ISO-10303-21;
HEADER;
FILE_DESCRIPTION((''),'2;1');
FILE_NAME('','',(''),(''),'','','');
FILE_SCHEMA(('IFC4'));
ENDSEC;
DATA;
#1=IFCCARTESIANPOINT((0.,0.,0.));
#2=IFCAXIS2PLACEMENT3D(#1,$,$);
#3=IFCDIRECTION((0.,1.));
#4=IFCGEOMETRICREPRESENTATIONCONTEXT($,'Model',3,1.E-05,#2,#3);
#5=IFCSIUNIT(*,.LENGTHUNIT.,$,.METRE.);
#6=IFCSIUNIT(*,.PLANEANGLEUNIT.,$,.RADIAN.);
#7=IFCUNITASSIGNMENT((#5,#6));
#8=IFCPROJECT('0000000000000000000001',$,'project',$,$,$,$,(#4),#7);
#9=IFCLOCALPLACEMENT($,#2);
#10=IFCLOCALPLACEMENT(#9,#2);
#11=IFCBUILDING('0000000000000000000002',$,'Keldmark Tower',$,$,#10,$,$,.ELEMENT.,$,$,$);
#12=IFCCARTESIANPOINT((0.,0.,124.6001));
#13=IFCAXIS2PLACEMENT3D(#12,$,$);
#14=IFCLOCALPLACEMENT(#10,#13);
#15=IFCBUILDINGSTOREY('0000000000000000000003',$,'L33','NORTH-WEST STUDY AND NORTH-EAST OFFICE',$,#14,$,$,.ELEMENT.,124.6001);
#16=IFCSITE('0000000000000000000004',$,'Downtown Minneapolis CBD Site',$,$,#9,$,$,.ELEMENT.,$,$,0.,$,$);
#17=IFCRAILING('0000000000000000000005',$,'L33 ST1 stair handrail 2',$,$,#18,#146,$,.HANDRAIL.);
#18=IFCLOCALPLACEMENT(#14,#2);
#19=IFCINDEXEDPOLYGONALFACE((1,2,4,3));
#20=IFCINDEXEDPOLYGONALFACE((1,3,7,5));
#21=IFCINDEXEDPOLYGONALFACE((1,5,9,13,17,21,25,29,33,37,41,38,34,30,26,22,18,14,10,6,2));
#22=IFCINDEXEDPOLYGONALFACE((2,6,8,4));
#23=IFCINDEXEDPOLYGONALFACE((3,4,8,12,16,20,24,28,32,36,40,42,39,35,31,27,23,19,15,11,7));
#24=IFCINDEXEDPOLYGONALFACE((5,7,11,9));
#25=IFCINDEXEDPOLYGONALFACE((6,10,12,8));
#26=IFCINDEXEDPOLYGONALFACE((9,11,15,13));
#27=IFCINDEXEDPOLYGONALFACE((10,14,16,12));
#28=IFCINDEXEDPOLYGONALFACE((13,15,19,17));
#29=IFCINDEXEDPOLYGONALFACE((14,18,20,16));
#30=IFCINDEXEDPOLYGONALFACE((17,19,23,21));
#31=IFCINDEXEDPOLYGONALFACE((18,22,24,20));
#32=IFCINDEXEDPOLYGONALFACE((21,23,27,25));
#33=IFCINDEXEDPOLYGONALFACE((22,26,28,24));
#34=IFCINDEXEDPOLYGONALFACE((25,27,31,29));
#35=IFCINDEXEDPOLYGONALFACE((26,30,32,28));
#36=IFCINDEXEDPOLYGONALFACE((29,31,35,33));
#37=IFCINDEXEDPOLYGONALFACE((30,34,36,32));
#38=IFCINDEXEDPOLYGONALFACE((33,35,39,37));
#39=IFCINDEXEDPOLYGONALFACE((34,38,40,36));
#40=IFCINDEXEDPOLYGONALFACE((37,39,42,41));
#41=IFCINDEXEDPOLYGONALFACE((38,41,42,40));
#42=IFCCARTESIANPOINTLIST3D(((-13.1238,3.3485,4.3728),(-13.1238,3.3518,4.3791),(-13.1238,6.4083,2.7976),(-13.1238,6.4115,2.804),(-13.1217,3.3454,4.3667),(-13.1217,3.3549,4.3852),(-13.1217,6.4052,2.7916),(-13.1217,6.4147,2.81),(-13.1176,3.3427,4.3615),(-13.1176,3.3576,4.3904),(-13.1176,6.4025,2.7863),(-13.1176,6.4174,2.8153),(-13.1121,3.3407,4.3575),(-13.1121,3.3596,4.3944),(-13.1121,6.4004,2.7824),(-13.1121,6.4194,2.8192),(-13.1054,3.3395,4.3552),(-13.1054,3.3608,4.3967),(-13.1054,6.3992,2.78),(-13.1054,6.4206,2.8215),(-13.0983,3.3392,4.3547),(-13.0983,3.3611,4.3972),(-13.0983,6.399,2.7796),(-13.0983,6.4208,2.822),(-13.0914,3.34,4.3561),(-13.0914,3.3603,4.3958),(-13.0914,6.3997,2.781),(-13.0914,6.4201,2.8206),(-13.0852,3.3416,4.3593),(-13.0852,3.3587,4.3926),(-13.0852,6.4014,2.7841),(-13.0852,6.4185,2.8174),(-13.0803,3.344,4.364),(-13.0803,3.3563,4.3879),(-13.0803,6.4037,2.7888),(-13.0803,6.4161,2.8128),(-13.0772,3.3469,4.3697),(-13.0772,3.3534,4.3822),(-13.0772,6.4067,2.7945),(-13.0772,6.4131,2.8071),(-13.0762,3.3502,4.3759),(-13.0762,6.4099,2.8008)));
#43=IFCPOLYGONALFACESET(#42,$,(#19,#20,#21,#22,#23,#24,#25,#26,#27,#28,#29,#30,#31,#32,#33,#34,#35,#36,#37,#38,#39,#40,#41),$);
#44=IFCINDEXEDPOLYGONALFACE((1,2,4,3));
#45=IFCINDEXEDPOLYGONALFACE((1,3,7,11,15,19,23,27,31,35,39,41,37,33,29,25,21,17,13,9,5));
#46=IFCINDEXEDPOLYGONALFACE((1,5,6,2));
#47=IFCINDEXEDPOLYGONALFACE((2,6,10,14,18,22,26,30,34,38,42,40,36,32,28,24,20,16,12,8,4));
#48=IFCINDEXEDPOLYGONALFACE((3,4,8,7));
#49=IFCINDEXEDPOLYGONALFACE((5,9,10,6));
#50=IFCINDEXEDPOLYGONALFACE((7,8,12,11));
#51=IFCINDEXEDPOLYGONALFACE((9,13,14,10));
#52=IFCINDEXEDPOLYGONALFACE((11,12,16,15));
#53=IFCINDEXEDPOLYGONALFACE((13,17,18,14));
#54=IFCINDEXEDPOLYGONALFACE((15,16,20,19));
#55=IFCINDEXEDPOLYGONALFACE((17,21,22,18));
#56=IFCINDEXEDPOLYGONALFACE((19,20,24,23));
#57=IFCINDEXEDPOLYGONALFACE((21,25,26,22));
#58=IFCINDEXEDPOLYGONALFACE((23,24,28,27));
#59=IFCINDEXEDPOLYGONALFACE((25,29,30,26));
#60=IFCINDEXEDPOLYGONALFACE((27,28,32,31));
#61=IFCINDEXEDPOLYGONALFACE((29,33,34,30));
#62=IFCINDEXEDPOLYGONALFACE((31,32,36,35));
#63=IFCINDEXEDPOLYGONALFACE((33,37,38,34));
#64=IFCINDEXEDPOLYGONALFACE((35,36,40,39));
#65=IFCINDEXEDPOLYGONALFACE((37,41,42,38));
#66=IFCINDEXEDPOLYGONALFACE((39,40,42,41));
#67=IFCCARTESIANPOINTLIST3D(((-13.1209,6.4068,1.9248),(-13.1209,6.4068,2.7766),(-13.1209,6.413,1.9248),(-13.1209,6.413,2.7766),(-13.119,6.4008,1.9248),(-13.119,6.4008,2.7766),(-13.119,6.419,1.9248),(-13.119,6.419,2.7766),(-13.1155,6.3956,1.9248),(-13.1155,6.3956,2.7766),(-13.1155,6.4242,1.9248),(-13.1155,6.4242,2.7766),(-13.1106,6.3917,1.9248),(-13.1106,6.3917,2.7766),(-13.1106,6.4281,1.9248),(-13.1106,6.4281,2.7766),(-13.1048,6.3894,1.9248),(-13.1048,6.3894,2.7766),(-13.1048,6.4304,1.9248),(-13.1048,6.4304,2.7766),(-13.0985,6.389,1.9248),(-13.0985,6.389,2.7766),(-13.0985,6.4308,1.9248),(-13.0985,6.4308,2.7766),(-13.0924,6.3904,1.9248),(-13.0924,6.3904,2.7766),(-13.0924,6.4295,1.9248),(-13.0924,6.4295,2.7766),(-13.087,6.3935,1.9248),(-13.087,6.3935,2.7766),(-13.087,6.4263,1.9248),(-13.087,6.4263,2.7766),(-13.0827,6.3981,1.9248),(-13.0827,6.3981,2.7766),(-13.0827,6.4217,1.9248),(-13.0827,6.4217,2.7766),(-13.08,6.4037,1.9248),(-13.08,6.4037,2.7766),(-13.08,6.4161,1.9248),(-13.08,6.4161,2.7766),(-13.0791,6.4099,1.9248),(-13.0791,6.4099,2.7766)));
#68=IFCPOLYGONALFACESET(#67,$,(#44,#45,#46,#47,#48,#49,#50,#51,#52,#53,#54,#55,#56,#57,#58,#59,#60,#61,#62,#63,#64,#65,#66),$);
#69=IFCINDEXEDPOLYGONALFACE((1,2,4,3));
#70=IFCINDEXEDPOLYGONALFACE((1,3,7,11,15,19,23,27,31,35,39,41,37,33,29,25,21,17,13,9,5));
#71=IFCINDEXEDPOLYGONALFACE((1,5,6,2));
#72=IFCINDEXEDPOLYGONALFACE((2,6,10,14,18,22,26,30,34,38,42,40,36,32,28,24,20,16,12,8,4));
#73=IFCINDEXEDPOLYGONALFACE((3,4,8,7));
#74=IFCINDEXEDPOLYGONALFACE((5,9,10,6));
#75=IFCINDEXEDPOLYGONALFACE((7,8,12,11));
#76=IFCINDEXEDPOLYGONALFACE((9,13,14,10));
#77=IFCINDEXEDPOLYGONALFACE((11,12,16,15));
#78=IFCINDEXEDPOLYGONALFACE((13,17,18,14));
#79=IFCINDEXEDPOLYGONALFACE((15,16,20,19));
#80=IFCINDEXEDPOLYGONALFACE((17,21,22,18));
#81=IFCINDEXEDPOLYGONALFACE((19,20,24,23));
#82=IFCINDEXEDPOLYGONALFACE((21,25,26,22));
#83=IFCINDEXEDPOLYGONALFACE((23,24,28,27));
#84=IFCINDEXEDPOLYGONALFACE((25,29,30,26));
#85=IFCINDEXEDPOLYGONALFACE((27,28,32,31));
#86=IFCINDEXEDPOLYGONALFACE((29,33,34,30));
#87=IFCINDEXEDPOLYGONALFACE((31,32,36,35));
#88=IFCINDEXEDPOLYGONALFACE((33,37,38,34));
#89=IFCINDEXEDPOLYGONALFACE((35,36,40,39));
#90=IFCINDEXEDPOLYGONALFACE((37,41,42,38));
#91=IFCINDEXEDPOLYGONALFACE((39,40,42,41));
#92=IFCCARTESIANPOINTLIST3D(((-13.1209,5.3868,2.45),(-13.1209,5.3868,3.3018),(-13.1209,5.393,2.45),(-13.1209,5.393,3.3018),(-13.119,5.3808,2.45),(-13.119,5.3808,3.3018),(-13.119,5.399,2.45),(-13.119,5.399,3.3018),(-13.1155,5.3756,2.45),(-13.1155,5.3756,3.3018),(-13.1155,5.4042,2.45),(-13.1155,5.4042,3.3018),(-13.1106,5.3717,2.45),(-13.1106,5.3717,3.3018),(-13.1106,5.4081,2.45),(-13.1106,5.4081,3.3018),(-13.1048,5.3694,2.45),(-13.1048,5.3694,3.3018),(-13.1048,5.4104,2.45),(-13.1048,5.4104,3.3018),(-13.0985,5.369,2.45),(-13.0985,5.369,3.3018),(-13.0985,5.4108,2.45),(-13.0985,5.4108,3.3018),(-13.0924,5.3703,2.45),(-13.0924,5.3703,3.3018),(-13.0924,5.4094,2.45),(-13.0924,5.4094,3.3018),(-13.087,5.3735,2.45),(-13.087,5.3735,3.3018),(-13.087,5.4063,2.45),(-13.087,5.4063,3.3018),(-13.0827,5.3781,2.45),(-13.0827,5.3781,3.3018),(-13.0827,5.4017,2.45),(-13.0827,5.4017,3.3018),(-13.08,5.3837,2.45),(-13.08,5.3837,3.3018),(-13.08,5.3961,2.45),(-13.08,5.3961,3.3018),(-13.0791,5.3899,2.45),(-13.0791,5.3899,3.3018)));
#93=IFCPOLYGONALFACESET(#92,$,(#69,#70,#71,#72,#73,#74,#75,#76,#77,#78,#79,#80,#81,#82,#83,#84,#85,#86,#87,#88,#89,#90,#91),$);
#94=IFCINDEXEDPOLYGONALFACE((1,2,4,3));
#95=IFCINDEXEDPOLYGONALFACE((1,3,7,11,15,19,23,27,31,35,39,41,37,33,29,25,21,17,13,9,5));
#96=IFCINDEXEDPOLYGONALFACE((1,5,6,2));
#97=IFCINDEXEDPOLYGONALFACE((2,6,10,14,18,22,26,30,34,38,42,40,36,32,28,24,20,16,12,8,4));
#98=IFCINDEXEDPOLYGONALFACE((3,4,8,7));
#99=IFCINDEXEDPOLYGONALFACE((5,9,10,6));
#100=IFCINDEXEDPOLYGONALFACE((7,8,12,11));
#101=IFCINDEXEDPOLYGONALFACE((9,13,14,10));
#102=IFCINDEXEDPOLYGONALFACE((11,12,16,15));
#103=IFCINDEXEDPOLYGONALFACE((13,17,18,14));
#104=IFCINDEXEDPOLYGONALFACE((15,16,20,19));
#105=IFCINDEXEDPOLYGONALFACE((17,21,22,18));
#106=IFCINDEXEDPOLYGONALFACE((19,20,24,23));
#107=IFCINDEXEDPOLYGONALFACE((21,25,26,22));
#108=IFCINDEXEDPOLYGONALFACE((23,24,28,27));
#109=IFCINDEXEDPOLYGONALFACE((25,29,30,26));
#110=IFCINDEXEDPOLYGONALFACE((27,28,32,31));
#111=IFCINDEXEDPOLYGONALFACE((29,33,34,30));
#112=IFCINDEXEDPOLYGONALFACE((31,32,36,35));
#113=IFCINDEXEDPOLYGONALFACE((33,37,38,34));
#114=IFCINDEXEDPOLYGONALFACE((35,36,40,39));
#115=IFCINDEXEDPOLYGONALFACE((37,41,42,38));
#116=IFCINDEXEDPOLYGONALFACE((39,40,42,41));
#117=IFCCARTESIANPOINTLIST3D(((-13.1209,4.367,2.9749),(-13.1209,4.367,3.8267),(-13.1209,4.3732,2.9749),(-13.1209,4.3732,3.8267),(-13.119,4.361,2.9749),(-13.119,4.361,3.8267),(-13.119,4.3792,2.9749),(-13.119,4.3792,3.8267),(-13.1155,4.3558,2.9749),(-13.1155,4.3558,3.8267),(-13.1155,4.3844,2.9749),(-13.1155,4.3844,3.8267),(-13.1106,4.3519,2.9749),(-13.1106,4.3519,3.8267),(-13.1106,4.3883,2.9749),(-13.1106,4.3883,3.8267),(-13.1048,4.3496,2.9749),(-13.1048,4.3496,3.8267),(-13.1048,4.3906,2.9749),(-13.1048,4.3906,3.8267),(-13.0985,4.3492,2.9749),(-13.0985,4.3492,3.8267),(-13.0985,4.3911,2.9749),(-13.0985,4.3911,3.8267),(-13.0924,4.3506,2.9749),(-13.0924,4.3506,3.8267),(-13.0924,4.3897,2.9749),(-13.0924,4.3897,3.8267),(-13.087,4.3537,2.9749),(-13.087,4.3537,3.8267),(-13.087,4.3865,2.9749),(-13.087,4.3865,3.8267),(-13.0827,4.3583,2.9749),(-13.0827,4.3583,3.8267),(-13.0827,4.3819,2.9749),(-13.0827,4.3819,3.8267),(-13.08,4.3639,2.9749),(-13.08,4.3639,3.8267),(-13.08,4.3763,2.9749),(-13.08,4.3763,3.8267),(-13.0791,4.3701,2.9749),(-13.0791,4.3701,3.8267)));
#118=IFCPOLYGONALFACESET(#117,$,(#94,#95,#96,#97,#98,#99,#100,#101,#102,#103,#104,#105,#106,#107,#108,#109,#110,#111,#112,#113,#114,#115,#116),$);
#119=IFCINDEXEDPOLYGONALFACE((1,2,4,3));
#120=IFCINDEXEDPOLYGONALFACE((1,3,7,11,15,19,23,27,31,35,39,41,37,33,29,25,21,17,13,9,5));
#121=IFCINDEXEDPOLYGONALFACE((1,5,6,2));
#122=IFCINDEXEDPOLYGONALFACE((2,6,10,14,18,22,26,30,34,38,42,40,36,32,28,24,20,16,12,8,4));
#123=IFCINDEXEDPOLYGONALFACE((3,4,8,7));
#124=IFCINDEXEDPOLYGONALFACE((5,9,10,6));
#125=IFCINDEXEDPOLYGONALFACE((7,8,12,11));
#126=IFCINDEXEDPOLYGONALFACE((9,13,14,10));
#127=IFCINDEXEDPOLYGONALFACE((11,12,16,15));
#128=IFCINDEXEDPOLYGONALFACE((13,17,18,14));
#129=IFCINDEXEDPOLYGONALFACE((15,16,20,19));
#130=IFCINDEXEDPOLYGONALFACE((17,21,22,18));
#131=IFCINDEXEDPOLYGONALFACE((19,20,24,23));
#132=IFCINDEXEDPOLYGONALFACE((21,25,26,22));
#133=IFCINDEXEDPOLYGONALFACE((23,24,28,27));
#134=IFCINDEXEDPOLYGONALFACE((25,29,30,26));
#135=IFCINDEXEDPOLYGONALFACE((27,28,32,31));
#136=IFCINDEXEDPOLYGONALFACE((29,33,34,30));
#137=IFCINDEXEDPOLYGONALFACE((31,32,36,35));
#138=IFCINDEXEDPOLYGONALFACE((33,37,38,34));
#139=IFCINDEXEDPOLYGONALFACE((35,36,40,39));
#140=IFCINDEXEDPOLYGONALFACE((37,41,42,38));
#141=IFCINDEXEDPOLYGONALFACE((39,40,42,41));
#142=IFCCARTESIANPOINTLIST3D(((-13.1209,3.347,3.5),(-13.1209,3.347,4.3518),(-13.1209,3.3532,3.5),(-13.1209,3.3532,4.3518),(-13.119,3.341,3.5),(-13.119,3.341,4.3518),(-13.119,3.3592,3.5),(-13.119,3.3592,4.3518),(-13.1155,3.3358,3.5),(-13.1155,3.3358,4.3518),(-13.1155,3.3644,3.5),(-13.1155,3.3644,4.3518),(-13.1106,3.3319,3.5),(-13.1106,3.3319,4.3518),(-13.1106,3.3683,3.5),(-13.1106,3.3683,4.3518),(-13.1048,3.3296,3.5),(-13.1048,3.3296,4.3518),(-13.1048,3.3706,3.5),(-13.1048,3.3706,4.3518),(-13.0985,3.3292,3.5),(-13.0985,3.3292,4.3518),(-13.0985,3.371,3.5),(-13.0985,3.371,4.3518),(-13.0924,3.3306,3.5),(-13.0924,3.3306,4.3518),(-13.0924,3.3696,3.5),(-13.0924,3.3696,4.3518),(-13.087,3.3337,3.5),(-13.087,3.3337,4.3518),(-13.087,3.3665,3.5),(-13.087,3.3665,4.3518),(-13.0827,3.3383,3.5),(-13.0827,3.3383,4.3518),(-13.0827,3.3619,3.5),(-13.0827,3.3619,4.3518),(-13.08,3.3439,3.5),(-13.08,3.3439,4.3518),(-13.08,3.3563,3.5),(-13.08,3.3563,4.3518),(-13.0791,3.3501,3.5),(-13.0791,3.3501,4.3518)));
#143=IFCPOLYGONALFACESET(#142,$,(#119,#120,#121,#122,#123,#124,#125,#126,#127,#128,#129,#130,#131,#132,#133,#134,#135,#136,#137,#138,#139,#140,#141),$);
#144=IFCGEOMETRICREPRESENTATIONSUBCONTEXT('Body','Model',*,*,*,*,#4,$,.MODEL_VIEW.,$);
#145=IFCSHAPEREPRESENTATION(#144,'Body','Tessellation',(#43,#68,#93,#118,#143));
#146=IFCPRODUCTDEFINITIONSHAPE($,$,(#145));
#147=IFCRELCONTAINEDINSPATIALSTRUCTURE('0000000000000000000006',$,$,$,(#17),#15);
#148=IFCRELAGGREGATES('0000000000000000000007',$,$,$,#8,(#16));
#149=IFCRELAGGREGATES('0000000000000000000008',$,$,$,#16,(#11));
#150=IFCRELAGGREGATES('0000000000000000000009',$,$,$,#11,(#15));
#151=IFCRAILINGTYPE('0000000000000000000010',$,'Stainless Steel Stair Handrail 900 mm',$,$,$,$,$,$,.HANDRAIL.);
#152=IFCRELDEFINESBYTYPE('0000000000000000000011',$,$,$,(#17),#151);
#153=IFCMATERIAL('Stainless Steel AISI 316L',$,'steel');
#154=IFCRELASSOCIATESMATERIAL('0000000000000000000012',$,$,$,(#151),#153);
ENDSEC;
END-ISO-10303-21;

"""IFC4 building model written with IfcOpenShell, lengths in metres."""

from ifc_helpers import new_model, si_unit, direction, frame, origin, origin_2d, place, context, subcontext, project, spatial, circle, extrude, material, type_object, element, save


model = new_model("IFC4")

# Units and contexts
model_context = context("Model", 3, precision=1e-05, world=origin(), true_north=direction((0.0, 1.0)))
body_context = subcontext(model_context, "Body", "Model", "MODEL_VIEW")
ifc_project = project(units=[si_unit("LENGTHUNIT", "METRE"), si_unit("PLANEANGLEUNIT", "RADIAN")], contexts=[model_context])

# Site, building, storey
site_placement = place(None, origin())
site = spatial("IfcSite", under=ifc_project, at=site_placement, Name="Downtown Minneapolis CBD Site", CompositionType="ELEMENT", RefElevation=0.0)
building_placement = place(site_placement, origin())
building = spatial("IfcBuilding", under=site, at=building_placement, Name="Keldmark Tower", CompositionType="ELEMENT")
storey_placement = place(building_placement, frame((0.0, 0.0, 124.6001)))
storey = spatial("IfcBuildingStorey", under=building, at=storey_placement, Name="L33", Description="NORTH-WEST STUDY AND NORTH-EAST OFFICE", CompositionType="ELEMENT", Elevation=124.6001)

# Railing
ifc_material_1 = material(Name="Stainless Steel AISI 316L", Category="steel")
railing_type_1 = type_object("IfcRailingType", Name="Stainless Steel Stair Handrail 900 mm", PredefinedType="HANDRAIL", material=ifc_material_1)
railing_1_placement = place(storey_placement, frame((-13.1001, 6.4099, 1.9248)))
element("IfcRailing", 1, at=railing_1_placement, inside=storey, type_object=railing_type_1, Name="L33 ST1 stair handrail 2", PredefinedType="HANDRAIL", context=body_context, shape_type="SweptSolid", body=[
    extrude(circle(Radius=0.0239, at=origin_2d()), frame((0.0, 0.0, 0.876), z_axis=(0.0, -0.889101, 0.45771), x_axis=(1.0, 0.0, 0.0)), (0.0, 0.0, 1.0), 3.4414),
    extrude(circle(Radius=0.021, at=origin_2d()), origin(), (0.0, 0.0, 1.0), 0.8518),
    extrude(circle(Radius=0.021, at=origin_2d()), frame((0.0, -1.02, 0.5251)), (0.0, 0.0, 1.0), 0.8518),
    extrude(circle(Radius=0.021, at=origin_2d()), frame((0.0, -2.0398, 1.05)), (0.0, 0.0, 1.0), 0.8518),
    extrude(circle(Radius=0.021, at=origin_2d()), frame((0.0, -3.0598, 1.5752)), (0.0, 0.0, 1.0), 0.8518),
])

save(model, "model.ifc")
